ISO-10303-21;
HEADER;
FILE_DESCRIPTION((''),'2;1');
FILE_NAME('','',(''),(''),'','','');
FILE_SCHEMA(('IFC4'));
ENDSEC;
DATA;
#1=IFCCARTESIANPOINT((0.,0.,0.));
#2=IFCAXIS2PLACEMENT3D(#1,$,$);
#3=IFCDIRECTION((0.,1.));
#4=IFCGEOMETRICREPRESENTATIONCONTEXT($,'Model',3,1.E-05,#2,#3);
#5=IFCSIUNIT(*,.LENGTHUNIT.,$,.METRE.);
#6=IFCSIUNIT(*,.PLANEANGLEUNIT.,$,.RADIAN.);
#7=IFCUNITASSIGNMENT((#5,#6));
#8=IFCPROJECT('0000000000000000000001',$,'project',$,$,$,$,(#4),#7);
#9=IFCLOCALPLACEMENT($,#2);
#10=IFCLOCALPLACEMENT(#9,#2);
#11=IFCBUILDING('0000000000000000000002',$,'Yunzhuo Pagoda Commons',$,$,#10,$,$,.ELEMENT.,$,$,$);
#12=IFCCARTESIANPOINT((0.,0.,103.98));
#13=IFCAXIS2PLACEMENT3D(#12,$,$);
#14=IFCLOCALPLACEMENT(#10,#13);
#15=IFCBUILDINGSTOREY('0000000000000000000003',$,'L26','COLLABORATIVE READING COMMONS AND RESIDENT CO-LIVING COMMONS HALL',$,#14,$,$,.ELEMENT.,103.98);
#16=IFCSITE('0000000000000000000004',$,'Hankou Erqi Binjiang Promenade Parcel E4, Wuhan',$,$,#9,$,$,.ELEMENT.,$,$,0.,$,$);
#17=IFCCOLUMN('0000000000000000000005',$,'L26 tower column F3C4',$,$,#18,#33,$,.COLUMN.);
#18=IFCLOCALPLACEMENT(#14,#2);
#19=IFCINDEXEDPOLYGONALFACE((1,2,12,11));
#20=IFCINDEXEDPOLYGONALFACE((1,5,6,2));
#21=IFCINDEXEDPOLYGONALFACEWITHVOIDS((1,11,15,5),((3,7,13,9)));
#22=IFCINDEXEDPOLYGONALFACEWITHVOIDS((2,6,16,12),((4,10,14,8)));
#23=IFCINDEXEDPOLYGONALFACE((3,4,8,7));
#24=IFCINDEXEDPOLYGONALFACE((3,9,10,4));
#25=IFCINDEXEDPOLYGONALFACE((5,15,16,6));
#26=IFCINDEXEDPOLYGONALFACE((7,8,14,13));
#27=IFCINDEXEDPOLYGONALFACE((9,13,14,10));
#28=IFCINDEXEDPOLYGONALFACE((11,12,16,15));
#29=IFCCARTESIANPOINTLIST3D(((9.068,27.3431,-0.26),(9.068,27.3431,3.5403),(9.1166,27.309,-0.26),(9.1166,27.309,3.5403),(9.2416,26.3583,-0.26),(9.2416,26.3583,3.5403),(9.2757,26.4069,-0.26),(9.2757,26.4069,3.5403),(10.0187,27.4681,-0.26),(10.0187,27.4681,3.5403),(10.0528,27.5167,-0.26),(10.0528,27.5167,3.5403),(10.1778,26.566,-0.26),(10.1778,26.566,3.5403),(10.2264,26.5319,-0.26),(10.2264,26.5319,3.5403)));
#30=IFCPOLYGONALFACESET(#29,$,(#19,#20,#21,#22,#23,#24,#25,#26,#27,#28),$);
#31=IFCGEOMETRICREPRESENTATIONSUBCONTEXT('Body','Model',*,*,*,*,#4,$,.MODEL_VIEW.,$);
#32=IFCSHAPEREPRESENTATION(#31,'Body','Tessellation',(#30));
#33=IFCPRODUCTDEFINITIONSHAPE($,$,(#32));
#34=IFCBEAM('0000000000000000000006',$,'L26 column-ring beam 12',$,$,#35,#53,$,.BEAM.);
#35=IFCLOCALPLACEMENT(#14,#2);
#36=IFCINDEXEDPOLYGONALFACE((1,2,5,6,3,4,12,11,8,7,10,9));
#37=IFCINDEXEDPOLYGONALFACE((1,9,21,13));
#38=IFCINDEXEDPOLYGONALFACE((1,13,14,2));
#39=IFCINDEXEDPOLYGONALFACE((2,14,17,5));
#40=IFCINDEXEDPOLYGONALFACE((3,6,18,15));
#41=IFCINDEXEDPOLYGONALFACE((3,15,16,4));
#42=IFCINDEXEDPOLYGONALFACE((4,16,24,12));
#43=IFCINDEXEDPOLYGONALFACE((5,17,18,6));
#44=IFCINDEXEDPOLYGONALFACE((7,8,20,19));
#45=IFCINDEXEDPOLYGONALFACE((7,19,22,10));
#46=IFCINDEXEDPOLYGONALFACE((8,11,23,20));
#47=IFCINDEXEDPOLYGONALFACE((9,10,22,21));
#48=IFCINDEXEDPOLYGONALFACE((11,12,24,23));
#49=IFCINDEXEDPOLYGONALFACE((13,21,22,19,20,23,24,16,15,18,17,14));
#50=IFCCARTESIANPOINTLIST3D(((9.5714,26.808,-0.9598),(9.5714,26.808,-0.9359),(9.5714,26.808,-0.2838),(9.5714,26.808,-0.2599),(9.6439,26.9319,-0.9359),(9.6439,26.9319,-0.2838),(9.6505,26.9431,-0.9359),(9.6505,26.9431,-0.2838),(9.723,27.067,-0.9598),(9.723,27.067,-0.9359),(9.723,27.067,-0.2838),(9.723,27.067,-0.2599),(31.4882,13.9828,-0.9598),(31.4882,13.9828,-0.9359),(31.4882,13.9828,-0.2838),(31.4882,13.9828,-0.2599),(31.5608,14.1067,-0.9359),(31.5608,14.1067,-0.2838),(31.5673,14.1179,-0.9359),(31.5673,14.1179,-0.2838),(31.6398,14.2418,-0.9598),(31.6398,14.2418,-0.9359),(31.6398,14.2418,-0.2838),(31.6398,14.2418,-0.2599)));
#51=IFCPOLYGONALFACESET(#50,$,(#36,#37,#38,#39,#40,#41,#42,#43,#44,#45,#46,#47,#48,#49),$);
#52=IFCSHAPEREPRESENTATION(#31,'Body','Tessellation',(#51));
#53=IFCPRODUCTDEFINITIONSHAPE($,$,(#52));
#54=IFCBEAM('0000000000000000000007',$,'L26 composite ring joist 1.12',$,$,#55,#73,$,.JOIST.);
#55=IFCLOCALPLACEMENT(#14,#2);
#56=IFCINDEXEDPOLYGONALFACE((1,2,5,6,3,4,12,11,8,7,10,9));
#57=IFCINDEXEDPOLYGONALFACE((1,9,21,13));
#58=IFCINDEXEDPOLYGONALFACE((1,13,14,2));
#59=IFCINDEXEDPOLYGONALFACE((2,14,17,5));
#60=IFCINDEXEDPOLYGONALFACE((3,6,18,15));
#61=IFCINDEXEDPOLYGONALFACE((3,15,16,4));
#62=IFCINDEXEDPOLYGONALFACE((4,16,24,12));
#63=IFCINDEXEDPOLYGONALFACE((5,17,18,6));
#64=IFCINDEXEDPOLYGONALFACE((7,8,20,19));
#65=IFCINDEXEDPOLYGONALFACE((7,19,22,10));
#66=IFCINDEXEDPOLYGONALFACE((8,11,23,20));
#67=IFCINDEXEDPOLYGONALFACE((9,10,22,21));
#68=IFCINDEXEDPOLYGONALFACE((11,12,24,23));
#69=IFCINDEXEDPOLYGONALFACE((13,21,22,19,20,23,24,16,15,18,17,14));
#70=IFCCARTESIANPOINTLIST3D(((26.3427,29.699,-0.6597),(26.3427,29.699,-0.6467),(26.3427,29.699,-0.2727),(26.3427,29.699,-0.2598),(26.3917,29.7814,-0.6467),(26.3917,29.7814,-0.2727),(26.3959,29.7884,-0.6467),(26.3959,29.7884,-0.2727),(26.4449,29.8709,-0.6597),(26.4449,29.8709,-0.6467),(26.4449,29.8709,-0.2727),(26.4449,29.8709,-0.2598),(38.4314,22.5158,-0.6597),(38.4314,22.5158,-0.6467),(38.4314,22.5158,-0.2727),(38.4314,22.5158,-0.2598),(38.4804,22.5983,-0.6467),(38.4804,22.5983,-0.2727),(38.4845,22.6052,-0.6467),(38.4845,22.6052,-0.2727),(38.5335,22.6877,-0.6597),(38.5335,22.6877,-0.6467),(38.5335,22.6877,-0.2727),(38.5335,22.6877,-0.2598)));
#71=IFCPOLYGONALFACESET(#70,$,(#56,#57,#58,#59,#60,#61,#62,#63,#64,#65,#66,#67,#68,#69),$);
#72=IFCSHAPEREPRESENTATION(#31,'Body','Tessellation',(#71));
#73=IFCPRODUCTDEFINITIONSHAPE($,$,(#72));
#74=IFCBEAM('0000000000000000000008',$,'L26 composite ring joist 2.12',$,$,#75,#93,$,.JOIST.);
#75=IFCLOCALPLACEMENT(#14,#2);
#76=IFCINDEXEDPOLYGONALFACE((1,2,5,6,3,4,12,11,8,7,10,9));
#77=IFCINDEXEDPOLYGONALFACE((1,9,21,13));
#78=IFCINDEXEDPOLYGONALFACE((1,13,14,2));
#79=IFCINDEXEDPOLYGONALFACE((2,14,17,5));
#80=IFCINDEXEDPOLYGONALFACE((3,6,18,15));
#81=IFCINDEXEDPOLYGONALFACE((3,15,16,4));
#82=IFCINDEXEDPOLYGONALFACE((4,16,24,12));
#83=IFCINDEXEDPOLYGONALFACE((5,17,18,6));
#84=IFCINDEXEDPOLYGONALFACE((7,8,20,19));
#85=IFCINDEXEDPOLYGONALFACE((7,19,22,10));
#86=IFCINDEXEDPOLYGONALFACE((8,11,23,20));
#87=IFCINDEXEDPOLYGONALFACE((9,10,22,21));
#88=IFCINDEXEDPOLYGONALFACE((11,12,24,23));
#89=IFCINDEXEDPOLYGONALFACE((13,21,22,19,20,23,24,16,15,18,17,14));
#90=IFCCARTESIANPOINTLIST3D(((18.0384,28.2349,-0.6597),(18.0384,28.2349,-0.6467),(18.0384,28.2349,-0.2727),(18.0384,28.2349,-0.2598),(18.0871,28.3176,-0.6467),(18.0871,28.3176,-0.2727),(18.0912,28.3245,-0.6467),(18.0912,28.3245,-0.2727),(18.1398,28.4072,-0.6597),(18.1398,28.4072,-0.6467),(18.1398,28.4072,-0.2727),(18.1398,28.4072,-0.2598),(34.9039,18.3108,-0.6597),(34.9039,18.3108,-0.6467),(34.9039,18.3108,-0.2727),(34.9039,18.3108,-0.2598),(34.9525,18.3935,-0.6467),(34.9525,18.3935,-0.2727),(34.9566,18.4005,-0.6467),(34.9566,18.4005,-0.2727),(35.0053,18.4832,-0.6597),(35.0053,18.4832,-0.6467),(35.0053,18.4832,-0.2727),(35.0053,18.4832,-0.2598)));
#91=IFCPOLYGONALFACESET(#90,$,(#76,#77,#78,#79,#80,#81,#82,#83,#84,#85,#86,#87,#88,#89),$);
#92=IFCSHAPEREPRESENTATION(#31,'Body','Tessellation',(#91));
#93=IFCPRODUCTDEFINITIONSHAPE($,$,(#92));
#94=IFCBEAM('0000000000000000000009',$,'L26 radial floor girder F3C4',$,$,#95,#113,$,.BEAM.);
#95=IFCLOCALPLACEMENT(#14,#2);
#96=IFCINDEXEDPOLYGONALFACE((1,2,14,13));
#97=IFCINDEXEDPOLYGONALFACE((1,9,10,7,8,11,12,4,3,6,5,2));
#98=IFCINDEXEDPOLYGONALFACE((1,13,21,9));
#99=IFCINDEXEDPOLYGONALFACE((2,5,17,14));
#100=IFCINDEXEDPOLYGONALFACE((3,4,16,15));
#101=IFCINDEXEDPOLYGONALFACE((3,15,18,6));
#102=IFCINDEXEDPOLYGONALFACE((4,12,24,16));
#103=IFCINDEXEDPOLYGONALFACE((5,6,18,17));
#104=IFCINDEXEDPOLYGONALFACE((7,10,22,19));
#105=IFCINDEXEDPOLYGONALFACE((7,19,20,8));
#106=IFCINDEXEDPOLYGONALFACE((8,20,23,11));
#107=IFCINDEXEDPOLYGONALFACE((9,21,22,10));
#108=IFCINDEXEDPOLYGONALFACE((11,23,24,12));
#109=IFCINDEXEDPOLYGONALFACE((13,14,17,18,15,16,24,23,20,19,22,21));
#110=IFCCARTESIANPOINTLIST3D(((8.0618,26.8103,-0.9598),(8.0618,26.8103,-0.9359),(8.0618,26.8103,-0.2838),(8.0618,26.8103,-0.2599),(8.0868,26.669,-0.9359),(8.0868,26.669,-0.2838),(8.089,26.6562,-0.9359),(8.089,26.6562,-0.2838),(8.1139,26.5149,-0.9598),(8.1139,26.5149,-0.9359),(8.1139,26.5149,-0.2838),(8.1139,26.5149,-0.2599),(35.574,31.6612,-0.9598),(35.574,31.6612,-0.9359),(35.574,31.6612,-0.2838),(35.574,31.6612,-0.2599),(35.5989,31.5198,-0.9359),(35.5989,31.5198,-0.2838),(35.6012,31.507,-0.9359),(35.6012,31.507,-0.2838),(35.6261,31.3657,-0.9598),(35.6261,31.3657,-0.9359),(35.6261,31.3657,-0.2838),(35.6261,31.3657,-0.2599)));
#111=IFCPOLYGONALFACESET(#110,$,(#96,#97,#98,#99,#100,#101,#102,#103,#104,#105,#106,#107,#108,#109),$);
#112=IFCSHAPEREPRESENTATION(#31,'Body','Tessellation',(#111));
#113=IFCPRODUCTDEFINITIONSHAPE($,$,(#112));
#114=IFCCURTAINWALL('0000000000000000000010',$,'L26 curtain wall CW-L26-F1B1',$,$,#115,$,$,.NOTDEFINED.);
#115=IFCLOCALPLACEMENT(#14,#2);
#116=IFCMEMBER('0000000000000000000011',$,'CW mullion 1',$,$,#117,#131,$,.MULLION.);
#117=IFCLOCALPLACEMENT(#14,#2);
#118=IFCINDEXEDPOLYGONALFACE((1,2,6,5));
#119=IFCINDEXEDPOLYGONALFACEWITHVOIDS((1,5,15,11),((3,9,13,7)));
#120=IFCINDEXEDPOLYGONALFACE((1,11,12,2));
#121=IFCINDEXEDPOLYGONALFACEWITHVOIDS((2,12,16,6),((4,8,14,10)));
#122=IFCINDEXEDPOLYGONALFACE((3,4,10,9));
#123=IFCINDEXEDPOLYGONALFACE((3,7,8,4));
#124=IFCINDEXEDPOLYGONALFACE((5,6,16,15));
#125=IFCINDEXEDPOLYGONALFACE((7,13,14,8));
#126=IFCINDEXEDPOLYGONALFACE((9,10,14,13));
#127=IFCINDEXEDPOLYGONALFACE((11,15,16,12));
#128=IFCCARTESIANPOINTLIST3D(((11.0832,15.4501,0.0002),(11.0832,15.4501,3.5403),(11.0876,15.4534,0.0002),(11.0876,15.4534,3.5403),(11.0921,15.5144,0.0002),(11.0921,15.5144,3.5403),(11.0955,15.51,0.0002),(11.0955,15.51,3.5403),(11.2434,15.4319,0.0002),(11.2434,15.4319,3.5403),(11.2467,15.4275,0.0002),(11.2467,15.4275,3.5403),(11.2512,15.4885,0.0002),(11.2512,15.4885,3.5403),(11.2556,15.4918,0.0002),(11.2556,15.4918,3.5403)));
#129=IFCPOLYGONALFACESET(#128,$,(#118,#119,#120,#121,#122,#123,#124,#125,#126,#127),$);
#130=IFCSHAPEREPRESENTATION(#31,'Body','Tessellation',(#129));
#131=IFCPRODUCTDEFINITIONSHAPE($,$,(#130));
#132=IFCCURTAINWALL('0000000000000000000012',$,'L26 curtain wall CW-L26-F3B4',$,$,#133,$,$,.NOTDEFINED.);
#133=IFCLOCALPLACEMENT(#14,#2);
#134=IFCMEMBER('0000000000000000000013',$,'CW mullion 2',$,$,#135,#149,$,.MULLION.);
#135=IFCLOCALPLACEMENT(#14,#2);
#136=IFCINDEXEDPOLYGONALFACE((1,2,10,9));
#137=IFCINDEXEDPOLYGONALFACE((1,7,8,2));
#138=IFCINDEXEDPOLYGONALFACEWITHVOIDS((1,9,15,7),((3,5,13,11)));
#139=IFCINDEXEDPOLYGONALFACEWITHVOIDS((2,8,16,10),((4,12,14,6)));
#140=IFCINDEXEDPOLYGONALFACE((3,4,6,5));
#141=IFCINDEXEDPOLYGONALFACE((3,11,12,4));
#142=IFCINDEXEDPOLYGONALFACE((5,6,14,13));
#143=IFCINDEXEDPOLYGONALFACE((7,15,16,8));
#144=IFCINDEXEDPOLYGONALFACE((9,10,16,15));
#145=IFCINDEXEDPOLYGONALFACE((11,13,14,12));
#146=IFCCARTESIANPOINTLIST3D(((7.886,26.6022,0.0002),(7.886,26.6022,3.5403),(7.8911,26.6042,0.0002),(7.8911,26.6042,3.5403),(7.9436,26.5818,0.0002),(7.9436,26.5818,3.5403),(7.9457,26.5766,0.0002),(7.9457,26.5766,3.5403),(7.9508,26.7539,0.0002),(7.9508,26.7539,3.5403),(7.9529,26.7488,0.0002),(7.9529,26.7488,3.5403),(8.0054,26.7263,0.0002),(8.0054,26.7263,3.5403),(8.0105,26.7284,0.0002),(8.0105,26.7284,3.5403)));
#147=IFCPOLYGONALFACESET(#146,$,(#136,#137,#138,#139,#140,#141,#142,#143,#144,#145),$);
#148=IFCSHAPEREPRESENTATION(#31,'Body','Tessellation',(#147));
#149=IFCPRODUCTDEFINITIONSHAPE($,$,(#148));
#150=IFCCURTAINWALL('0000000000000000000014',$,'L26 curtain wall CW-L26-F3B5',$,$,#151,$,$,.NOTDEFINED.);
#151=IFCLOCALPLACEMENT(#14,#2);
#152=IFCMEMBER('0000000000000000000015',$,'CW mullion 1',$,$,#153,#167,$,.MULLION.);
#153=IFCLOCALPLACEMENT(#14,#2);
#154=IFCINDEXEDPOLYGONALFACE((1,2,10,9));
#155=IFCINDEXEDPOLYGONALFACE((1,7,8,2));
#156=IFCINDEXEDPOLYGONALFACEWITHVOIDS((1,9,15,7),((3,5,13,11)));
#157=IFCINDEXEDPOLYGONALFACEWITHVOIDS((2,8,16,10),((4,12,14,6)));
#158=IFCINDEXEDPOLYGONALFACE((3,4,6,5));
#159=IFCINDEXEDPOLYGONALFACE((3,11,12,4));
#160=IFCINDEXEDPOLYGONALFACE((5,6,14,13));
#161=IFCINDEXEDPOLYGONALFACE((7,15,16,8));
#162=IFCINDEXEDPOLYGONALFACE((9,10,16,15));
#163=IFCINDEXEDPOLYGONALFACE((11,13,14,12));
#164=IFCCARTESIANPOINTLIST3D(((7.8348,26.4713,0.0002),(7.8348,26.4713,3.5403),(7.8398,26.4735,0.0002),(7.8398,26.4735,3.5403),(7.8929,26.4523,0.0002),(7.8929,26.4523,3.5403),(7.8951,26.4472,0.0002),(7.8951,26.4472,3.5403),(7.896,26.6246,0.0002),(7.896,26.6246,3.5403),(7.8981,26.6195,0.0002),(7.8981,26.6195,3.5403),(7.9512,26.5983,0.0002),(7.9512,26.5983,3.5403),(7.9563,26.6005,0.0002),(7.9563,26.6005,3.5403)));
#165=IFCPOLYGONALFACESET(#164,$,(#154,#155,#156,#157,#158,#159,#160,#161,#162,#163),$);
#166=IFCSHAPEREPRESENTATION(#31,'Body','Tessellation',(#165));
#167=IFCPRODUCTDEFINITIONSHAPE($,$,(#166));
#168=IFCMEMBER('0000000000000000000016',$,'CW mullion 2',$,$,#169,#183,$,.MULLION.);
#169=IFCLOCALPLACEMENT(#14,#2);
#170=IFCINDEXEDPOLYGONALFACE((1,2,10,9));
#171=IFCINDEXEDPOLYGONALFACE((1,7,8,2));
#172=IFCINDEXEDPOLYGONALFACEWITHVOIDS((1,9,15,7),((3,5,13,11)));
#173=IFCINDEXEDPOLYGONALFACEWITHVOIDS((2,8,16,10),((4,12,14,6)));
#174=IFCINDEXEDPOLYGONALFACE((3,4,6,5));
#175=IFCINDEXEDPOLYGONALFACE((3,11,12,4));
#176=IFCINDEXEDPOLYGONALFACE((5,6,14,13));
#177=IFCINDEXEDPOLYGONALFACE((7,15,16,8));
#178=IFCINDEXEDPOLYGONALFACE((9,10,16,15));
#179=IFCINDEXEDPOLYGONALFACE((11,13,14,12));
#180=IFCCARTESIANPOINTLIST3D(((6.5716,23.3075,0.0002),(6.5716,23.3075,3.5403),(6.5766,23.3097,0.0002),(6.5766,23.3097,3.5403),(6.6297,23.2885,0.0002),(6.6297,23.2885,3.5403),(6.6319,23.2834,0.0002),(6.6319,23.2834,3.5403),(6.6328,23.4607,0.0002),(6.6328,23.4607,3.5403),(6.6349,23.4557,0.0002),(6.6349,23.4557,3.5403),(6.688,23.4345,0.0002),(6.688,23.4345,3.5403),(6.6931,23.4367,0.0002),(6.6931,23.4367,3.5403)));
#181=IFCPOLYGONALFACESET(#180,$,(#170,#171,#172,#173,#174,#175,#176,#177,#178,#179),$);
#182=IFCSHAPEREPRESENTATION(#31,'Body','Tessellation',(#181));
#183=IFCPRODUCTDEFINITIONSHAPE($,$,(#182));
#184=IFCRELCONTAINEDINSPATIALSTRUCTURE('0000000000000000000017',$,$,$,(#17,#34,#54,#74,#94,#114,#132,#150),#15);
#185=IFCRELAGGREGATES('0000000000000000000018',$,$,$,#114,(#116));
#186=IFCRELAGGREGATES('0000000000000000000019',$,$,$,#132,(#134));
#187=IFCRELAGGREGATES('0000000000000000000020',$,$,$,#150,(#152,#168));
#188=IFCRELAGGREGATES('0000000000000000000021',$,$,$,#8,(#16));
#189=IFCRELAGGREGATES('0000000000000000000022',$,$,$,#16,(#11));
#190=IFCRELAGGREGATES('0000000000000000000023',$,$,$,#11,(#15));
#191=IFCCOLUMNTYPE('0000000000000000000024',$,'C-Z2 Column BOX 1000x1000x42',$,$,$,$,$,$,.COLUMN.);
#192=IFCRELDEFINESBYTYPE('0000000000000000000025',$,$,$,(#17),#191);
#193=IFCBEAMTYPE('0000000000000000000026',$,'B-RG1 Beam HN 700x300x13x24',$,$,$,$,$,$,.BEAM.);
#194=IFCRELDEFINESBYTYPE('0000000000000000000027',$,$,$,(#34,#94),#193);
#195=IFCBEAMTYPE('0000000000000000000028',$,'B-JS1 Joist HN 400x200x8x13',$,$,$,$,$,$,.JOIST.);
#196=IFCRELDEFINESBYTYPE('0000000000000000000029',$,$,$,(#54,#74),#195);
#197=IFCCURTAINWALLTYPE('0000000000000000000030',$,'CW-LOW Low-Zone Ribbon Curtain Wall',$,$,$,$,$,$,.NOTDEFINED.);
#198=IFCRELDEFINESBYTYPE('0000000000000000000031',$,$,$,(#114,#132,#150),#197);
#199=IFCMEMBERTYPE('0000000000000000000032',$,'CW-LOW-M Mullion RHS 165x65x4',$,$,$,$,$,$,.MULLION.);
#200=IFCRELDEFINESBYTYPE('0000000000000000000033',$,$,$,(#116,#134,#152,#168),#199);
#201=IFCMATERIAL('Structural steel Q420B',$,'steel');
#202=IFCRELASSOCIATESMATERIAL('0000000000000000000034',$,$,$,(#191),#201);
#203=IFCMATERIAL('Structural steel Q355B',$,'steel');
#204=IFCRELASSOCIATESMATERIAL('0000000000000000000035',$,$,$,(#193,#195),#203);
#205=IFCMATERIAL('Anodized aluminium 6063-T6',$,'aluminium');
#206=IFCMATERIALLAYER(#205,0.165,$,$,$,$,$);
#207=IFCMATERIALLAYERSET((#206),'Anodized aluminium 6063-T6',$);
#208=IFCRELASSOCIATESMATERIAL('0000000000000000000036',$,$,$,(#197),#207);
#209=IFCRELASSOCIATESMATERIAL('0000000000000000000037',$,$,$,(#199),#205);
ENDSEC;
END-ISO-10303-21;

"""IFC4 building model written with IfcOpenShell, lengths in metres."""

from ifc_helpers import new_model, si_unit, direction, frame, origin, origin_2d, place, context, subcontext, project, spatial, hollow_rectangle, i_section, extrude, source, transform, mapped, material, layer, layer_set, material_profile, profile_set, type_object, element, aggregate, save


model = new_model("IFC4")

# Units and contexts
model_context = context("Model", 3, precision=1e-05, world=origin(), true_north=direction((0.0, 1.0)))
body_context = subcontext(model_context, "Body", "Model", "MODEL_VIEW")
ifc_project = project(units=[si_unit("LENGTHUNIT", "METRE"), si_unit("PLANEANGLEUNIT", "RADIAN")], contexts=[model_context])

# Site, building, storey
site_placement = place(None, origin())
site = spatial("IfcSite", under=ifc_project, at=site_placement, Name="Hankou Erqi Binjiang Promenade Parcel E4, Wuhan", CompositionType="ELEMENT", RefElevation=0.0)
building_placement = place(site_placement, origin())
building = spatial("IfcBuilding", under=site, at=building_placement, Name="Yunzhuo Pagoda Commons", CompositionType="ELEMENT")
storey_placement = place(building_placement, frame((0.0, 0.0, 103.98)))
storey = spatial("IfcBuildingStorey", under=building, at=storey_placement, Name="L26", Description="COLLABORATIVE READING COMMONS AND RESIDENT CO-LIVING COMMONS HALL", CompositionType="ELEMENT", Elevation=103.98)

# Column
ifc_material_1 = material(Name="Structural steel Q420B", Category="steel")
ifc_material_profile_1 = material_profile(ifc_material_1, hollow_rectangle(XDim=1.0, YDim=1.0, WallThickness=0.042, at=origin_2d()), Name="Structural steel Q420B")
ifc_profile_set_1 = profile_set([ifc_material_profile_1], Name="Structural steel Q420B")
column_type = type_object("IfcColumnType", Name="C-Z2 Column BOX 1000x1000x42", PredefinedType="COLUMN", material=ifc_profile_set_1)
shared_shape_1 = source(origin(), body_context, "Body", "SweptSolid", [
    extrude(hollow_rectangle(XDim=1.0, YDim=1.0, WallThickness=0.042, at=origin_2d()), origin(), (0.0, 0.0, 1.0), 3.8003),
])
column_placement = place(storey_placement, frame((9.6472, 26.9375, -0.26), z_axis=(0.0, 0.0, 1.0), x_axis=(0.173648, -0.984808, 0.0)))
element("IfcColumn", 1, at=column_placement, inside=storey, type_object=column_type, Name="L26 tower column F3C4", PredefinedType="COLUMN", context=body_context, shape_type="MappedRepresentation", body=[
    mapped(shared_shape_1, transform((0.0, 0.0, 0.0), scale=1.0)),
])

# Beams
ifc_material_2 = material(Name="Structural steel Q355B", Category="steel")
ifc_material_profile_2 = material_profile(ifc_material_2, i_section(OverallWidth=0.3, OverallDepth=0.7, WebThickness=0.0129, FlangeThickness=0.0239, at=origin_2d()), Name="Structural steel Q355B")
ifc_profile_set_2 = profile_set([ifc_material_profile_2], Name="Structural steel Q355B")
beam_type_1 = type_object("IfcBeamType", Name="B-RG1 Beam HN 700x300x13x24", PredefinedType="BEAM", material=ifc_profile_set_2)
shared_shape_2 = source(origin(), body_context, "Body", "SweptSolid", [
    extrude(i_section(OverallWidth=0.3, OverallDepth=0.7, WebThickness=0.0129, FlangeThickness=0.0239, at=origin_2d()), origin(), (0.0, 0.0, 1.0), 25.3936),
])
beam_1_placement = place(storey_placement, frame((9.6472, 26.9375, -0.6099), z_axis=(0.863085, -0.505058, 0.0), x_axis=(0.505058, 0.863085, 0.0)))
element("IfcBeam", 2, at=beam_1_placement, inside=storey, type_object=beam_type_1, Name="L26 column-ring beam 12", PredefinedType="BEAM", context=body_context, shape_type="MappedRepresentation", body=[
    mapped(shared_shape_2, transform((0.0, 0.0, 0.0), scale=1.0)),
])
ifc_material_profile_3 = material_profile(ifc_material_2, i_section(OverallWidth=0.2, OverallDepth=0.3999, WebThickness=0.0081, FlangeThickness=0.0129, at=origin_2d()), Name="Structural steel Q355B")
ifc_profile_set_3 = profile_set([ifc_material_profile_3], Name="Structural steel Q355B")
beam_type_2 = type_object("IfcBeamType", Name="B-JS1 Joist HN 400x200x8x13", PredefinedType="JOIST", material=ifc_profile_set_3)
shared_shape_3 = source(origin(), body_context, "Body", "SweptSolid", [
    extrude(i_section(OverallWidth=0.2, OverallDepth=0.3999, WebThickness=0.0081, FlangeThickness=0.0129, at=origin_2d()), origin(), (0.0, 0.0, 1.0), 14.0618),
])
beam_2_placement = place(storey_placement, frame((26.3938, 29.7849, -0.4597), z_axis=(0.859683, -0.510827, 0.0), x_axis=(0.510827, 0.859683, 0.0)))
element("IfcBeam", 3, at=beam_2_placement, inside=storey, type_object=beam_type_2, Name="L26 composite ring joist 1.12", PredefinedType="JOIST", context=body_context, shape_type="MappedRepresentation", body=[
    mapped(shared_shape_3, transform((0.0, 0.0, 0.0), scale=1.0)),
])
shared_shape_4 = source(origin(), body_context, "Body", "SweptSolid", [
    extrude(i_section(OverallWidth=0.2, OverallDepth=0.3999, WebThickness=0.0081, FlangeThickness=0.0129, at=origin_2d()), origin(), (0.0, 0.0, 1.0), 19.5686),
])
beam_3_placement = place(storey_placement, frame((18.0891, 28.321, -0.4597), z_axis=(0.861863, -0.507142, 0.0), x_axis=(0.507142, 0.861863, 0.0)))
element("IfcBeam", 4, at=beam_3_placement, inside=storey, type_object=beam_type_2, Name="L26 composite ring joist 2.12", PredefinedType="JOIST", context=body_context, shape_type="MappedRepresentation", body=[
    mapped(shared_shape_4, transform((0.0, 0.0, 0.0), scale=1.0)),
])
shared_shape_5 = source(origin(), body_context, "Body", "SweptSolid", [
    extrude(i_section(OverallWidth=0.3, OverallDepth=0.7, WebThickness=0.0129, FlangeThickness=0.0239, at=origin_2d()), origin(), (0.0, 0.0, 1.0), 27.9365),
])
beam_4_placement = place(storey_placement, frame((8.0879, 26.6626, -0.6099), z_axis=(0.98481, 0.173637, 0.0), x_axis=(-0.173637, 0.98481, 0.0)))
element("IfcBeam", 5, at=beam_4_placement, inside=storey, type_object=beam_type_1, Name="L26 radial floor girder F3C4", PredefinedType="BEAM", context=body_context, shape_type="MappedRepresentation", body=[
    mapped(shared_shape_5, transform((0.0, 0.0, 0.0), scale=1.0)),
])

# Curtain walls, members
ifc_material_3 = material(Name="Anodized aluminium 6063-T6", Category="aluminium")
ifc_layer_1 = layer(ifc_material_3, 0.165)
ifc_layer_set_1 = layer_set([ifc_layer_1], Name="Anodized aluminium 6063-T6")
curtain_wall_type = type_object("IfcCurtainWallType", Name="CW-LOW Low-Zone Ribbon Curtain Wall", PredefinedType="NOTDEFINED", material=ifc_layer_set_1)
curtain_wall_1_placement = place(storey_placement, origin())
curtain_wall_1 = element("IfcCurtainWall", 6, at=curtain_wall_1_placement, inside=storey, type_object=curtain_wall_type, Name="L26 curtain wall CW-L26-F1B1", PredefinedType="NOTDEFINED")
ifc_material_profile_4 = material_profile(ifc_material_3, hollow_rectangle(XDim=0.0649, YDim=0.165, WallThickness=0.0039, at=origin_2d()), Name="Anodized aluminium 6063-T6")
ifc_profile_set_4 = profile_set([ifc_material_profile_4], Name="Anodized aluminium 6063-T6")
member_type_1 = type_object("IfcMemberType", Name="CW-LOW-M Mullion RHS 165x65x4", PredefinedType="MULLION", material=ifc_profile_set_4)
shared_shape_6 = source(origin(), body_context, "Body", "SweptSolid", [
    extrude(hollow_rectangle(XDim=0.0649, YDim=0.165, WallThickness=0.0039, at=origin_2d()), origin(), (0.0, 0.0, 1.0), 3.54),
])
member_1_placement = place(storey_placement, frame((11.1694, 15.4709, 0.0002), z_axis=(0.0, 0.0, 1.0), x_axis=(0.137082, 0.99056, 0.0)))
member_1 = element("IfcMember", 7, at=member_1_placement, type_object=member_type_1, Name="CW mullion 1", PredefinedType="MULLION", context=body_context, shape_type="MappedRepresentation", body=[
    mapped(shared_shape_6, transform((0.0, 0.0, 0.0), scale=1.0)),
])
curtain_wall_2_placement = place(storey_placement, origin())
curtain_wall_2 = element("IfcCurtainWall", 8, at=curtain_wall_2_placement, inside=storey, type_object=curtain_wall_type, Name="L26 curtain wall CW-L26-F3B4", PredefinedType="NOTDEFINED")
member_2_placement = place(storey_placement, frame((7.9482, 26.6653, 0.0002), z_axis=(0.0, 0.0, 1.0), x_axis=(0.919516, -0.393052, 0.0)))
member_2 = element("IfcMember", 9, at=member_2_placement, type_object=member_type_1, Name="CW mullion 2", PredefinedType="MULLION", context=body_context, shape_type="MappedRepresentation", body=[
    mapped(shared_shape_6, transform((0.0, 0.0, 0.0), scale=1.0)),
])

# Curtain wall, members
curtain_wall_3_placement = place(storey_placement, origin())
curtain_wall_3 = element("IfcCurtainWall", 10, at=curtain_wall_3_placement, inside=storey, type_object=curtain_wall_type, Name="L26 curtain wall CW-L26-F3B5", PredefinedType="NOTDEFINED")
member_3_placement = place(storey_placement, frame((7.8955, 26.5359, 0.0002), z_axis=(0.0, 0.0, 1.0), x_axis=(0.928701, -0.370829, 0.0)))
member_3 = element("IfcMember", 11, at=member_3_placement, type_object=member_type_1, Name="CW mullion 1", PredefinedType="MULLION", context=body_context, shape_type="MappedRepresentation", body=[
    mapped(shared_shape_6, transform((0.0, 0.0, 0.0), scale=1.0)),
])
member_4_placement = place(storey_placement, frame((6.6323, 23.3721, 0.0002), z_axis=(0.0, 0.0, 1.0), x_axis=(0.928701, -0.370829, 0.0)))
member_4 = element("IfcMember", 12, at=member_4_placement, type_object=member_type_1, Name="CW mullion 2", PredefinedType="MULLION", context=body_context, shape_type="MappedRepresentation", body=[
    mapped(shared_shape_6, transform((0.0, 0.0, 0.0), scale=1.0)),
])

aggregate(curtain_wall_1, [member_1])

aggregate(curtain_wall_2, [member_2])
aggregate(curtain_wall_3, [member_3, member_4])

save(model, "model.ifc")
